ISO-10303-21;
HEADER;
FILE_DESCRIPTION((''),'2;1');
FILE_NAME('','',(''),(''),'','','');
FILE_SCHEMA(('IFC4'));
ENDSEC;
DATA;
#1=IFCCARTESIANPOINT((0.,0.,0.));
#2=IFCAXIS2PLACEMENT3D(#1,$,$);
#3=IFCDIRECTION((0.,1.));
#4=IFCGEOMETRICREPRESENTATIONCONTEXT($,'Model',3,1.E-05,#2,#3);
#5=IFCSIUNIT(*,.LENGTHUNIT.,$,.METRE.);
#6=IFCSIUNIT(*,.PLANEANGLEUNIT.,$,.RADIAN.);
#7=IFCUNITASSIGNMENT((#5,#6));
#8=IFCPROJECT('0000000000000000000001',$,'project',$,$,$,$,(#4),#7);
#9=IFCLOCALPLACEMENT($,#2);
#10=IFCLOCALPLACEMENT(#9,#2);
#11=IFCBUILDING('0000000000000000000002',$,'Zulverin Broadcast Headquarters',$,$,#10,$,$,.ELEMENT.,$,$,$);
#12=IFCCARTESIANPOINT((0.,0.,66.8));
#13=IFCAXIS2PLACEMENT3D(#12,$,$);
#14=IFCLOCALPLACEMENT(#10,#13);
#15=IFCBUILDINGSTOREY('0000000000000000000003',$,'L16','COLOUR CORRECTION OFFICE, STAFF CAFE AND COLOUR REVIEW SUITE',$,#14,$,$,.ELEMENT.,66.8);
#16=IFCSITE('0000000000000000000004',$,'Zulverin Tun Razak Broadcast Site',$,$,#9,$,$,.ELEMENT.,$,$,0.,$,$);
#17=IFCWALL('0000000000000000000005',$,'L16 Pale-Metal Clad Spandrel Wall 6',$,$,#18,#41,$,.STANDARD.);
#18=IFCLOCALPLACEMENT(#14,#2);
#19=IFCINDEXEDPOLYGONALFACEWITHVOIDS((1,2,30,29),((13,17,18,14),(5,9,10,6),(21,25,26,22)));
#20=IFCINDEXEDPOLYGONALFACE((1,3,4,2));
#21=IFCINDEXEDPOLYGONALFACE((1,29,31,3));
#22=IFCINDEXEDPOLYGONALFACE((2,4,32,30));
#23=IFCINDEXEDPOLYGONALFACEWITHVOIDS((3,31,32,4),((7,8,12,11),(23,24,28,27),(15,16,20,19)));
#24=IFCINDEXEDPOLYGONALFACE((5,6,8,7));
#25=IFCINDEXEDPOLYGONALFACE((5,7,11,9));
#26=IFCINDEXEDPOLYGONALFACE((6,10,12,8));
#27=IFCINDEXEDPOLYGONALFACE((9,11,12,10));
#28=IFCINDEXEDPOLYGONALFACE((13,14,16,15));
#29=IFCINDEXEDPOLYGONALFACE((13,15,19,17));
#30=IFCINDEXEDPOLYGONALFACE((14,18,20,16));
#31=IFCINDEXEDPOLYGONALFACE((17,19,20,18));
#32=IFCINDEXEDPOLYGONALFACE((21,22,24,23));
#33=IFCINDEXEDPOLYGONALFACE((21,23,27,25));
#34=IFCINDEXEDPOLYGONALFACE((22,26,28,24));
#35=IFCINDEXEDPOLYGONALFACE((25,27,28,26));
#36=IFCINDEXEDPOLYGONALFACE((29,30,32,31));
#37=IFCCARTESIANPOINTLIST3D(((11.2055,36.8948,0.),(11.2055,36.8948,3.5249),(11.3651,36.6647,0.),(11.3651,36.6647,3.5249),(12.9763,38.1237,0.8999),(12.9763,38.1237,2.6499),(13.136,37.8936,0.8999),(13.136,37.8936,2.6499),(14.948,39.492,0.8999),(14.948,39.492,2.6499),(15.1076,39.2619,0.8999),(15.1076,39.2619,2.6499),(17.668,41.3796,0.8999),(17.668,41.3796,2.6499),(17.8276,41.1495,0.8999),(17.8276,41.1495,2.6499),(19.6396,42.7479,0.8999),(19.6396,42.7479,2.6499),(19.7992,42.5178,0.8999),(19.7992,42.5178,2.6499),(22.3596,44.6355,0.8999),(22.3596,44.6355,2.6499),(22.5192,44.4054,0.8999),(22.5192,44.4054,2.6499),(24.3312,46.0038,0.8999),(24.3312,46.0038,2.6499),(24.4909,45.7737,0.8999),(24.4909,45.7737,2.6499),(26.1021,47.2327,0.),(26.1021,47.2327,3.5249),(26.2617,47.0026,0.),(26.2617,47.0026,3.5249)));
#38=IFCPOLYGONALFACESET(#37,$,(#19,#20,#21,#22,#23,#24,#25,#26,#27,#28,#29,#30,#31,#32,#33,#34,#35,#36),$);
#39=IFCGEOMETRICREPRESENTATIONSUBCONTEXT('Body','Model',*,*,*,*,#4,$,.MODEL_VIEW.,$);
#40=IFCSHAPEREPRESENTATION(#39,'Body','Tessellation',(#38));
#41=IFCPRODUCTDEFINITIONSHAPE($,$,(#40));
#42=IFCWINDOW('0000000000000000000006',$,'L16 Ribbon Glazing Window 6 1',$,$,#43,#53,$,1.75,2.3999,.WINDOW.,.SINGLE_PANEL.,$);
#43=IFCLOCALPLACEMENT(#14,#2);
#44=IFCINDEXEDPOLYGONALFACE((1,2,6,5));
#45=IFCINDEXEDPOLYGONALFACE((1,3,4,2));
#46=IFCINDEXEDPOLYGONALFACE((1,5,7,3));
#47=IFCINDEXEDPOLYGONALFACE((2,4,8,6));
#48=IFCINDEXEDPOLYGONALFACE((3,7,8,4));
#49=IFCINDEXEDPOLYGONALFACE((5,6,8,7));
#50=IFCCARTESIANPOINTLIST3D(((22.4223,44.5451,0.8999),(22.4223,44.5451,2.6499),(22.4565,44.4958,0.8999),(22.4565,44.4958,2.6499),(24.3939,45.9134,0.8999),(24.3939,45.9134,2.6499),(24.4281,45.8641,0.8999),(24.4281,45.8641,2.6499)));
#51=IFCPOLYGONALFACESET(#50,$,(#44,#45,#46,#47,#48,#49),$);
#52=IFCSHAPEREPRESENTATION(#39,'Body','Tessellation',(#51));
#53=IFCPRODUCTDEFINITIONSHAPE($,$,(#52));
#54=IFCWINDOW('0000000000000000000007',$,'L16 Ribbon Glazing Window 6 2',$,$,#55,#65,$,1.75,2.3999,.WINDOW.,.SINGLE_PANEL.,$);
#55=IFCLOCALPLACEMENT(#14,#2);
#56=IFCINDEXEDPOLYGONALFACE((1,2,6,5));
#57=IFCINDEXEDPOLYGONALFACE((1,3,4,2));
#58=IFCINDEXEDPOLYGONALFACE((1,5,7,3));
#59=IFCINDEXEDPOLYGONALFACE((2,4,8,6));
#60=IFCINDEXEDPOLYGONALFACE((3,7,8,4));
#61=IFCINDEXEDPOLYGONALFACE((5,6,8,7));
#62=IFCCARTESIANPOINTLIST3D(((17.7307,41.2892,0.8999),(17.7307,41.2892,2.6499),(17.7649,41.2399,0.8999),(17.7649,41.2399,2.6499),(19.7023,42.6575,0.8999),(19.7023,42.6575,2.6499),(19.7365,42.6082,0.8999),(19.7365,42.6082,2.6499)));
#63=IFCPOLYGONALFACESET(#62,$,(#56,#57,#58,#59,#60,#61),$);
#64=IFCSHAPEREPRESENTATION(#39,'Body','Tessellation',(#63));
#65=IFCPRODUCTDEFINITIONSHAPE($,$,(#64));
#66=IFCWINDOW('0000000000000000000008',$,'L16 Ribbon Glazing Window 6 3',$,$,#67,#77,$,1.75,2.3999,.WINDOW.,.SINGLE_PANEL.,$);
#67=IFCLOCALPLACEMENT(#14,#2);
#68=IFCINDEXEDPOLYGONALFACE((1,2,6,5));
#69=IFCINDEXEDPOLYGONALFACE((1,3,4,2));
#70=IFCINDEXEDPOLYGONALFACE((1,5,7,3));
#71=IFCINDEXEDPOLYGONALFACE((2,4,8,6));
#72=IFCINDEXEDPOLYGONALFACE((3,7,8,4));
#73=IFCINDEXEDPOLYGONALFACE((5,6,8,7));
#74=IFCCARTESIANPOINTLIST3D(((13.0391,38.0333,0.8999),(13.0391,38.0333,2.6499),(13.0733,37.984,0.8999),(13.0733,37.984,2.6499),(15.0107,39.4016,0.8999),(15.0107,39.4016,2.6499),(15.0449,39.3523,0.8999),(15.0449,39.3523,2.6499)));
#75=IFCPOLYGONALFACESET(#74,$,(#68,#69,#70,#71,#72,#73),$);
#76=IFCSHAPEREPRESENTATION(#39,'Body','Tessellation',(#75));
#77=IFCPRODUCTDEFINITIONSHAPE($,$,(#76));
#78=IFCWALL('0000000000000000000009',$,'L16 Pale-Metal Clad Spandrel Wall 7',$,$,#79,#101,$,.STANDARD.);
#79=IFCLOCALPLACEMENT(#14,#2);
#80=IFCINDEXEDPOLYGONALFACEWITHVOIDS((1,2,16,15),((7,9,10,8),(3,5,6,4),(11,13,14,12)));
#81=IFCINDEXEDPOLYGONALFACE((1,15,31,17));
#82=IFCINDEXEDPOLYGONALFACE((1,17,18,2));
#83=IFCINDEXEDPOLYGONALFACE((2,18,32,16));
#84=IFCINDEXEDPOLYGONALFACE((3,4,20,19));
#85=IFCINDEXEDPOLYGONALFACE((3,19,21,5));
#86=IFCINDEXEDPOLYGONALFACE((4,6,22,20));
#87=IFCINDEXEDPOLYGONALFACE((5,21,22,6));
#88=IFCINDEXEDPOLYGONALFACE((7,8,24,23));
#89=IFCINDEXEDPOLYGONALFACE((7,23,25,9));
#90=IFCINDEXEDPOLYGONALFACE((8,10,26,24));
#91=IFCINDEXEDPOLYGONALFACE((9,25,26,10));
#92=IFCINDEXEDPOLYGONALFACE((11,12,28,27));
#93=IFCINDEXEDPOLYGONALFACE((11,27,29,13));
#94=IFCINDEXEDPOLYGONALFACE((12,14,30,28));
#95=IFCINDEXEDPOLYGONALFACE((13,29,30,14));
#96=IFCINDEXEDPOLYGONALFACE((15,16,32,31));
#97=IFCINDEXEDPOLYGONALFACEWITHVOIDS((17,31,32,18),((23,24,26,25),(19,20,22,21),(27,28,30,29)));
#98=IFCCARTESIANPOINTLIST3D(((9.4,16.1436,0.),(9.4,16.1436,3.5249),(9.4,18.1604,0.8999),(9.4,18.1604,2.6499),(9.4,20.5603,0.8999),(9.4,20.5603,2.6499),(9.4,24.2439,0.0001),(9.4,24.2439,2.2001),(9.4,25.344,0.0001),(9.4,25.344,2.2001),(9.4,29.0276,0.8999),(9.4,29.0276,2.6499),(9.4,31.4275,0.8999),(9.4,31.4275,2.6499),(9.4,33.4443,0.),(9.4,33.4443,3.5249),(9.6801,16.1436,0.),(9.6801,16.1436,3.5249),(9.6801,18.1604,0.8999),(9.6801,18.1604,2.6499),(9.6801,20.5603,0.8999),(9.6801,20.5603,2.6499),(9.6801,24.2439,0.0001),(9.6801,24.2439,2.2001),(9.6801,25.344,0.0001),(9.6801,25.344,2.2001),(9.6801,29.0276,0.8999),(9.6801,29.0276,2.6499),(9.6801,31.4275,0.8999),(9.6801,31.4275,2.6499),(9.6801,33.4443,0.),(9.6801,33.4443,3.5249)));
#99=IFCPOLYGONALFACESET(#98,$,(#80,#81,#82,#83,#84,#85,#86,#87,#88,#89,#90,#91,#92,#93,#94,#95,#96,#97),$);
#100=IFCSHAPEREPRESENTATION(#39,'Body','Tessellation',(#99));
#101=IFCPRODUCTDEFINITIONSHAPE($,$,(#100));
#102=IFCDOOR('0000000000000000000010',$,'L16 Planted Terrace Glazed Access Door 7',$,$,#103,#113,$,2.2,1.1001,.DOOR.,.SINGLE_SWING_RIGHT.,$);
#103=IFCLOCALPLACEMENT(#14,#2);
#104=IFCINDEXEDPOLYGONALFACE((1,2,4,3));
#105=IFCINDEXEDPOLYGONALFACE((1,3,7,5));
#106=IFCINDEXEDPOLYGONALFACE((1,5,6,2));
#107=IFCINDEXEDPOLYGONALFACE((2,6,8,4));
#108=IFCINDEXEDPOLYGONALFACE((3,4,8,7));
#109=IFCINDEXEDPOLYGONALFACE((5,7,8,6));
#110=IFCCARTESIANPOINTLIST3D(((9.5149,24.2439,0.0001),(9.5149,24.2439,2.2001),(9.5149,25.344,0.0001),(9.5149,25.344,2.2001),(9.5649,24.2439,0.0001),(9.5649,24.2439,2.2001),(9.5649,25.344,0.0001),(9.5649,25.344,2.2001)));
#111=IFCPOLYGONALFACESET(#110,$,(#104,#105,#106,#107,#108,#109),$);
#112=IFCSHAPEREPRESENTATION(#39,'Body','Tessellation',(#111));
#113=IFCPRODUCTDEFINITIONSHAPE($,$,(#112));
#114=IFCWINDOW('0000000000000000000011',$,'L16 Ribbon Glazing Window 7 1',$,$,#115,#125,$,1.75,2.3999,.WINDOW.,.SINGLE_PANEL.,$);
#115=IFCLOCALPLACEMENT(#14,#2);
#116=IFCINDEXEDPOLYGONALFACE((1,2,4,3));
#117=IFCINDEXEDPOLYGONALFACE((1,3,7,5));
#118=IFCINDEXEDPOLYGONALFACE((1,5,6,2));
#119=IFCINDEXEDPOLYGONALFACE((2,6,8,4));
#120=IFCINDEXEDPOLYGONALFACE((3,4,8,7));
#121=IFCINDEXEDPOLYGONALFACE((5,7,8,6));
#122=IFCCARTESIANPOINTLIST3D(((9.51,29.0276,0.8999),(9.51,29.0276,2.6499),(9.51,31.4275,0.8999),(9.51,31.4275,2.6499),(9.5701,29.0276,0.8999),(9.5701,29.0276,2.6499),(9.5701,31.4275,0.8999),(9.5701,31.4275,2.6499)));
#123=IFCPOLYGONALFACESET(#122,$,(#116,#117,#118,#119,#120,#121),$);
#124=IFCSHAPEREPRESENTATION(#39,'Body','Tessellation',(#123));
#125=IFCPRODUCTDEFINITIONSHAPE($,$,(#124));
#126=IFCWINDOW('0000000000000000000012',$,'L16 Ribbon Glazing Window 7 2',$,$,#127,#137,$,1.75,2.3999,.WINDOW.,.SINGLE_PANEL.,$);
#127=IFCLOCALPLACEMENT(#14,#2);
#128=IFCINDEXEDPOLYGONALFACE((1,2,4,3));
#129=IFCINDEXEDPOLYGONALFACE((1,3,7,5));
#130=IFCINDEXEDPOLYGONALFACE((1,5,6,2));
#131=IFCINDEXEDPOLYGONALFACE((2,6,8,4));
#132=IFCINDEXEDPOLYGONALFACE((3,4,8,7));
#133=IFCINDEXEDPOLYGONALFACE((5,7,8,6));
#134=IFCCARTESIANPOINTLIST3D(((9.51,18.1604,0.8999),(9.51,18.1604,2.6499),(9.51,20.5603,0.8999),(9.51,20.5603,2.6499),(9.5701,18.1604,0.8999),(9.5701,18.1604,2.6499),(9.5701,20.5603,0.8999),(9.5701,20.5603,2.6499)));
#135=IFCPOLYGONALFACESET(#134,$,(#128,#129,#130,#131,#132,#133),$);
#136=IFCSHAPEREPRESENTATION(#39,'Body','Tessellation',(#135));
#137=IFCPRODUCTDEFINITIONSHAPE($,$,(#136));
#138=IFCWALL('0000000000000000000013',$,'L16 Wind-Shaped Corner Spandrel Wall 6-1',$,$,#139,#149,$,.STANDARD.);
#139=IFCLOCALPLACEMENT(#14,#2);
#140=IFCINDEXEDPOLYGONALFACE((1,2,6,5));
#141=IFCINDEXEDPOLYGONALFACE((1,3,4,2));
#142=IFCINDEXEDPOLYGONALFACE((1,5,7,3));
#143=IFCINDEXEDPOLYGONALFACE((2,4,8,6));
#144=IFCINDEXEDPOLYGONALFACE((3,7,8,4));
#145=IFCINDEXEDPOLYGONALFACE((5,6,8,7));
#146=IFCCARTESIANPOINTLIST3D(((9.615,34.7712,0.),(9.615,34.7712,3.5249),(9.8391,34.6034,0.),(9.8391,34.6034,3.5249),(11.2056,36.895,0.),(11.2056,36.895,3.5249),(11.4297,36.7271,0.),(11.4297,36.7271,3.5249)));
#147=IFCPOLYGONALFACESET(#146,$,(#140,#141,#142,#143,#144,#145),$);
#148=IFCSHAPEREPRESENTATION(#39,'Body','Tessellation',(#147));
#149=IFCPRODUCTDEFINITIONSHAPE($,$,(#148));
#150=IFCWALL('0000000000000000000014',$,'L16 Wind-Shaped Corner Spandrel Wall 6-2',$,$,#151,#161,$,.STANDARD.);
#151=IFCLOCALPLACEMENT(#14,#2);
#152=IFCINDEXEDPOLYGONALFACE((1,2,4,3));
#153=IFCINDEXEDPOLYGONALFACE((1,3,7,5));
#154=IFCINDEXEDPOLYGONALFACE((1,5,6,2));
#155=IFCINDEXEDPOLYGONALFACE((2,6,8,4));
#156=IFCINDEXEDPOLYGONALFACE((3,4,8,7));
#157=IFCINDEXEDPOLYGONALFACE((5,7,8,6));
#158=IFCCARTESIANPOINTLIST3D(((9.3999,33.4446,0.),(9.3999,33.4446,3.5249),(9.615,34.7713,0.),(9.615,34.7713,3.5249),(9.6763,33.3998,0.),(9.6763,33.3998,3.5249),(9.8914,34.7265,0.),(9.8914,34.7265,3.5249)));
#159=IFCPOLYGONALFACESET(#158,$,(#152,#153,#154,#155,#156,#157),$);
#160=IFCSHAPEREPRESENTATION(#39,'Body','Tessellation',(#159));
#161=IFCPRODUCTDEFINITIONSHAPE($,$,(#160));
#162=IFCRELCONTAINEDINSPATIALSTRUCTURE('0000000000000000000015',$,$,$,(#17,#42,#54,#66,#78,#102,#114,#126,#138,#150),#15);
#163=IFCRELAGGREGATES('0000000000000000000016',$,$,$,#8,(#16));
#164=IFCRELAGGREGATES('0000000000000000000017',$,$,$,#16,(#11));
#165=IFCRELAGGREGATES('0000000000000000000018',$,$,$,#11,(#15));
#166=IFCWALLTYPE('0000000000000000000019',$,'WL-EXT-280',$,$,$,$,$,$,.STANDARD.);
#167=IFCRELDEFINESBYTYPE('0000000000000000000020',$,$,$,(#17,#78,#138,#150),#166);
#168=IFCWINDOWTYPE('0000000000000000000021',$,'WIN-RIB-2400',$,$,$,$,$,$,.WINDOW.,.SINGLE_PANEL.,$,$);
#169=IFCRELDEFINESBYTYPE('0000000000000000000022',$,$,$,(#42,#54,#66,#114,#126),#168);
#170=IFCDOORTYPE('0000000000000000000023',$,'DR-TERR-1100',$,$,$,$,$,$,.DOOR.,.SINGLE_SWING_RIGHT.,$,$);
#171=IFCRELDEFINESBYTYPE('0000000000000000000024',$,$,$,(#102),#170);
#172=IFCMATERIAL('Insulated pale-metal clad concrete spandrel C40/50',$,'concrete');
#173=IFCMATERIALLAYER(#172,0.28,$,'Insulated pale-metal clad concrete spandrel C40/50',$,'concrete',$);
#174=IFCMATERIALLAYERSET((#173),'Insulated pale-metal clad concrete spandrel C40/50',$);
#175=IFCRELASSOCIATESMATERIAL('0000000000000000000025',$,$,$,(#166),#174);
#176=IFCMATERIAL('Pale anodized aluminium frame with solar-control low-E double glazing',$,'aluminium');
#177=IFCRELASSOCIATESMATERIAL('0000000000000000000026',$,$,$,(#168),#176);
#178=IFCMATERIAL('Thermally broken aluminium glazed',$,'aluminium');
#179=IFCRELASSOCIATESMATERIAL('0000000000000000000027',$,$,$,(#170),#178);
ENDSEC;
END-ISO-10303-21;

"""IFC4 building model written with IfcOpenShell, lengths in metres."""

from ifc_helpers import new_model, si_unit, direction, frame, frame_2d, origin, place, context, subcontext, project, spatial, rectangle, extrude, material, layer, layer_set, type_object, element, fill, save


model = new_model("IFC4")

# Units and contexts
model_context = context("Model", 3, precision=1e-05, world=origin(), true_north=direction((0.0, 1.0)))
body_context = subcontext(model_context, "Body", "Model", "MODEL_VIEW")
ifc_project = project(units=[si_unit("LENGTHUNIT", "METRE"), si_unit("PLANEANGLEUNIT", "RADIAN")], contexts=[model_context])

# Site, building, storey
site_placement = place(None, origin())
site = spatial("IfcSite", under=ifc_project, at=site_placement, Name="Zulverin Tun Razak Broadcast Site", CompositionType="ELEMENT", RefElevation=0.0)
building_placement = place(site_placement, origin())
building = spatial("IfcBuilding", under=site, at=building_placement, Name="Zulverin Broadcast Headquarters", CompositionType="ELEMENT")
storey_placement = place(building_placement, frame((0.0, 0.0, 66.8)))
storey = spatial("IfcBuildingStorey", under=building, at=storey_placement, Name="L16", Description="COLOUR CORRECTION OFFICE, STAFF CAFE AND COLOUR REVIEW SUITE", CompositionType="ELEMENT", Elevation=66.8)

# Wall, openings, windows
ifc_material_1 = material(Name="Insulated pale-metal clad concrete spandrel C40/50", Category="concrete")
ifc_layer_1 = layer(ifc_material_1, 0.28, Name="Insulated pale-metal clad concrete spandrel C40/50", Category="concrete")
ifc_layer_set_1 = layer_set([ifc_layer_1], Name="Insulated pale-metal clad concrete spandrel C40/50")
wall_type_1 = type_object("IfcWallType", Name="WL-EXT-280", PredefinedType="STANDARD", material=ifc_layer_set_1)
wall_1_placement = place(storey_placement, frame((26.1819, 47.1177, 0.0), z_axis=(0.0, 0.0, 1.0), x_axis=(-0.821548, -0.570139, 0.0)))
wall_1 = element("IfcWall", 1, at=wall_1_placement, inside=storey, type_object=wall_type_1, Name="L16 Pale-Metal Clad Spandrel Wall 6", PredefinedType="STANDARD", context=body_context, shape_type="SweptSolid", body=[
    extrude(rectangle(XDim=18.1323, YDim=0.28, at=frame_2d((9.0662, 0.0))), origin(), (0.0, 0.0, 1.0), 3.5249),
])
opening_1_placement = place(wall_1_placement, frame((2.1555, 0.0, 0.8999)))
opening_1 = element("IfcOpeningElement", 2, at=opening_1_placement, cuts=wall_1, PredefinedType="OPENING", context=body_context, shape_type="SweptSolid", body=[
    extrude(rectangle(XDim=2.3999, YDim=1.75, at=frame_2d((1.2, 0.875))), frame((0.0, 0.1499, 0.0), z_axis=(0.0, -1.0, 0.0), x_axis=(1.0, 0.0, 0.0)), (0.0, 0.0, 1.0), 0.3),
])
opening_2_placement = place(wall_1_placement, frame((7.8662, 0.0, 0.8999)))
opening_2 = element("IfcOpeningElement", 3, at=opening_2_placement, cuts=wall_1, PredefinedType="OPENING", context=body_context, shape_type="SweptSolid", body=[
    extrude(rectangle(XDim=2.3999, YDim=1.75, at=frame_2d((1.2, 0.875))), frame((0.0, 0.1499, 0.0), z_axis=(0.0, -1.0, 0.0), x_axis=(1.0, 0.0, 0.0)), (0.0, 0.0, 1.0), 0.3),
])
opening_3_placement = place(wall_1_placement, frame((13.5769, 0.0, 0.8999)))
opening_3 = element("IfcOpeningElement", 4, at=opening_3_placement, cuts=wall_1, PredefinedType="OPENING", context=body_context, shape_type="SweptSolid", body=[
    extrude(rectangle(XDim=2.3999, YDim=1.75, at=frame_2d((1.2, 0.875))), frame((0.0, 0.1499, 0.0), z_axis=(0.0, -1.0, 0.0), x_axis=(1.0, 0.0, 0.0)), (0.0, 0.0, 1.0), 0.3),
])
ifc_material_2 = material(Name="Pale anodized aluminium frame with solar-control low-E double glazing", Category="aluminium")
window_type = type_object("IfcWindowType", Name="WIN-RIB-2400", PartitioningType="SINGLE_PANEL", PredefinedType="WINDOW", material=ifc_material_2)
window_1_placement = place(opening_1_placement, origin())
window_1 = element("IfcWindow", 5, at=window_1_placement, inside=storey, type_object=window_type, Name="L16 Ribbon Glazing Window 6 1", OverallHeight=1.75, OverallWidth=2.3999, PartitioningType="SINGLE_PANEL", PredefinedType="WINDOW", context=body_context, shape_type="SweptSolid", body=[
    extrude(rectangle(XDim=2.3999, YDim=1.75, at=frame_2d((1.2, 0.875))), frame((0.0, 0.03, 0.0), z_axis=(0.0, -1.0, 0.0), x_axis=(1.0, 0.0, 0.0)), (0.0, 0.0, 1.0), 0.0601),
])
fill(opening_1, window_1)
window_2_placement = place(opening_2_placement, origin())
window_2 = element("IfcWindow", 6, at=window_2_placement, inside=storey, type_object=window_type, Name="L16 Ribbon Glazing Window 6 2", OverallHeight=1.75, OverallWidth=2.3999, PartitioningType="SINGLE_PANEL", PredefinedType="WINDOW", context=body_context, shape_type="SweptSolid", body=[
    extrude(rectangle(XDim=2.3999, YDim=1.75, at=frame_2d((1.2, 0.875))), frame((0.0, 0.03, 0.0), z_axis=(0.0, -1.0, 0.0), x_axis=(1.0, 0.0, 0.0)), (0.0, 0.0, 1.0), 0.0601),
])
fill(opening_2, window_2)
window_3_placement = place(opening_3_placement, origin())
window_3 = element("IfcWindow", 7, at=window_3_placement, inside=storey, type_object=window_type, Name="L16 Ribbon Glazing Window 6 3", OverallHeight=1.75, OverallWidth=2.3999, PartitioningType="SINGLE_PANEL", PredefinedType="WINDOW", context=body_context, shape_type="SweptSolid", body=[
    extrude(rectangle(XDim=2.3999, YDim=1.75, at=frame_2d((1.2, 0.875))), frame((0.0, 0.03, 0.0), z_axis=(0.0, -1.0, 0.0), x_axis=(1.0, 0.0, 0.0)), (0.0, 0.0, 1.0), 0.0601),
])
fill(opening_3, window_3)

# Wall, openings, door, windows
wall_2_placement = place(storey_placement, frame((9.54, 33.4443, 0.0), z_axis=(0.0, 0.0, 1.0), x_axis=(0.0, -1.0, 0.0)))
wall_2 = element("IfcWall", 8, at=wall_2_placement, inside=storey, type_object=wall_type_1, Name="L16 Pale-Metal Clad Spandrel Wall 7", PredefinedType="STANDARD", context=body_context, shape_type="SweptSolid", body=[
    extrude(rectangle(XDim=17.3008, YDim=0.28, at=frame_2d((8.6504, 0.0))), origin(), (0.0, 0.0, 1.0), 3.5249),
])
opening_4_placement = place(wall_2_placement, frame((8.1003, 0.0, 0.0)))
opening_4 = element("IfcOpeningElement", 9, at=opening_4_placement, cuts=wall_2, PredefinedType="OPENING", context=body_context, shape_type="SweptSolid", body=[
    extrude(rectangle(XDim=1.1001, YDim=2.2, at=frame_2d((0.55, 1.1001))), frame((0.0, 0.1499, 0.0), z_axis=(0.0, -1.0, 0.0), x_axis=(1.0, 0.0, 0.0)), (0.0, 0.0, 1.0), 0.3),
])
opening_5_placement = place(wall_2_placement, frame((2.0168, 0.0, 0.8999)))
opening_5 = element("IfcOpeningElement", 10, at=opening_5_placement, cuts=wall_2, PredefinedType="OPENING", context=body_context, shape_type="SweptSolid", body=[
    extrude(rectangle(XDim=2.3999, YDim=1.75, at=frame_2d((1.2, 0.875))), frame((0.0, 0.1499, 0.0), z_axis=(0.0, -1.0, 0.0), x_axis=(1.0, 0.0, 0.0)), (0.0, 0.0, 1.0), 0.3),
])
opening_6_placement = place(wall_2_placement, frame((12.884, 0.0, 0.8999)))
opening_6 = element("IfcOpeningElement", 11, at=opening_6_placement, cuts=wall_2, PredefinedType="OPENING", context=body_context, shape_type="SweptSolid", body=[
    extrude(rectangle(XDim=2.3999, YDim=1.75, at=frame_2d((1.2, 0.875))), frame((0.0, 0.1499, 0.0), z_axis=(0.0, -1.0, 0.0), x_axis=(1.0, 0.0, 0.0)), (0.0, 0.0, 1.0), 0.3),
])
ifc_material_3 = material(Name="Thermally broken aluminium glazed", Category="aluminium")
door_type_1 = type_object("IfcDoorType", Name="DR-TERR-1100", OperationType="SINGLE_SWING_RIGHT", PredefinedType="DOOR", material=ifc_material_3)
door_1_placement = place(opening_4_placement, origin())
door_1 = element("IfcDoor", 12, at=door_1_placement, inside=storey, type_object=door_type_1, Name="L16 Planted Terrace Glazed Access Door 7", OperationType="SINGLE_SWING_RIGHT", OverallHeight=2.2, OverallWidth=1.1001, PredefinedType="DOOR", context=body_context, shape_type="SweptSolid", body=[
    extrude(rectangle(XDim=1.1001, YDim=2.2, at=frame_2d((0.55, 1.1001))), frame((0.0, 0.0249, 0.0), z_axis=(0.0, -1.0, 0.0), x_axis=(1.0, 0.0, 0.0)), (0.0, 0.0, 1.0), 0.05),
])
fill(opening_4, door_1)
window_4_placement = place(opening_5_placement, origin())
window_4 = element("IfcWindow", 13, at=window_4_placement, inside=storey, type_object=window_type, Name="L16 Ribbon Glazing Window 7 1", OverallHeight=1.75, OverallWidth=2.3999, PartitioningType="SINGLE_PANEL", PredefinedType="WINDOW", context=body_context, shape_type="SweptSolid", body=[
    extrude(rectangle(XDim=2.3999, YDim=1.75, at=frame_2d((1.2, 0.875))), frame((0.0, 0.03, 0.0), z_axis=(0.0, -1.0, 0.0), x_axis=(1.0, 0.0, 0.0)), (0.0, 0.0, 1.0), 0.0601),
])
fill(opening_5, window_4)
window_5_placement = place(opening_6_placement, origin())
window_5 = element("IfcWindow", 14, at=window_5_placement, inside=storey, type_object=window_type, Name="L16 Ribbon Glazing Window 7 2", OverallHeight=1.75, OverallWidth=2.3999, PartitioningType="SINGLE_PANEL", PredefinedType="WINDOW", context=body_context, shape_type="SweptSolid", body=[
    extrude(rectangle(XDim=2.3999, YDim=1.75, at=frame_2d((1.2, 0.875))), frame((0.0, 0.03, 0.0), z_axis=(0.0, -1.0, 0.0), x_axis=(1.0, 0.0, 0.0)), (0.0, 0.0, 1.0), 0.0601),
])
fill(opening_6, window_5)

# Walls
wall_3_placement = place(storey_placement, frame((11.3176, 36.811, 0.0), z_axis=(0.0, 0.0, 1.0), x_axis=(-0.599455, -0.800408, 0.0)))
element("IfcWall", 15, at=wall_3_placement, inside=storey, type_object=wall_type_1, Name="L16 Wind-Shaped Corner Spandrel Wall 6-1", PredefinedType="STANDARD", context=body_context, shape_type="SweptSolid", body=[
    extrude(rectangle(XDim=2.6533, YDim=0.28, at=frame_2d((1.3267, 0.0))), origin(), (0.0, 0.0, 1.0), 3.5249),
])
wall_4_placement = place(storey_placement, frame((9.7532, 34.7488, 0.0), z_axis=(0.0, 0.0, 1.0), x_axis=(-0.160038, -0.987111, 0.0)))
element("IfcWall", 16, at=wall_4_placement, inside=storey, type_object=wall_type_1, Name="L16 Wind-Shaped Corner Spandrel Wall 6-2", PredefinedType="STANDARD", context=body_context, shape_type="SweptSolid", body=[
    extrude(rectangle(XDim=1.344, YDim=0.28, at=frame_2d((0.6719, 0.0))), origin(), (0.0, 0.0, 1.0), 3.5249),
])

save(model, "model.ifc")
